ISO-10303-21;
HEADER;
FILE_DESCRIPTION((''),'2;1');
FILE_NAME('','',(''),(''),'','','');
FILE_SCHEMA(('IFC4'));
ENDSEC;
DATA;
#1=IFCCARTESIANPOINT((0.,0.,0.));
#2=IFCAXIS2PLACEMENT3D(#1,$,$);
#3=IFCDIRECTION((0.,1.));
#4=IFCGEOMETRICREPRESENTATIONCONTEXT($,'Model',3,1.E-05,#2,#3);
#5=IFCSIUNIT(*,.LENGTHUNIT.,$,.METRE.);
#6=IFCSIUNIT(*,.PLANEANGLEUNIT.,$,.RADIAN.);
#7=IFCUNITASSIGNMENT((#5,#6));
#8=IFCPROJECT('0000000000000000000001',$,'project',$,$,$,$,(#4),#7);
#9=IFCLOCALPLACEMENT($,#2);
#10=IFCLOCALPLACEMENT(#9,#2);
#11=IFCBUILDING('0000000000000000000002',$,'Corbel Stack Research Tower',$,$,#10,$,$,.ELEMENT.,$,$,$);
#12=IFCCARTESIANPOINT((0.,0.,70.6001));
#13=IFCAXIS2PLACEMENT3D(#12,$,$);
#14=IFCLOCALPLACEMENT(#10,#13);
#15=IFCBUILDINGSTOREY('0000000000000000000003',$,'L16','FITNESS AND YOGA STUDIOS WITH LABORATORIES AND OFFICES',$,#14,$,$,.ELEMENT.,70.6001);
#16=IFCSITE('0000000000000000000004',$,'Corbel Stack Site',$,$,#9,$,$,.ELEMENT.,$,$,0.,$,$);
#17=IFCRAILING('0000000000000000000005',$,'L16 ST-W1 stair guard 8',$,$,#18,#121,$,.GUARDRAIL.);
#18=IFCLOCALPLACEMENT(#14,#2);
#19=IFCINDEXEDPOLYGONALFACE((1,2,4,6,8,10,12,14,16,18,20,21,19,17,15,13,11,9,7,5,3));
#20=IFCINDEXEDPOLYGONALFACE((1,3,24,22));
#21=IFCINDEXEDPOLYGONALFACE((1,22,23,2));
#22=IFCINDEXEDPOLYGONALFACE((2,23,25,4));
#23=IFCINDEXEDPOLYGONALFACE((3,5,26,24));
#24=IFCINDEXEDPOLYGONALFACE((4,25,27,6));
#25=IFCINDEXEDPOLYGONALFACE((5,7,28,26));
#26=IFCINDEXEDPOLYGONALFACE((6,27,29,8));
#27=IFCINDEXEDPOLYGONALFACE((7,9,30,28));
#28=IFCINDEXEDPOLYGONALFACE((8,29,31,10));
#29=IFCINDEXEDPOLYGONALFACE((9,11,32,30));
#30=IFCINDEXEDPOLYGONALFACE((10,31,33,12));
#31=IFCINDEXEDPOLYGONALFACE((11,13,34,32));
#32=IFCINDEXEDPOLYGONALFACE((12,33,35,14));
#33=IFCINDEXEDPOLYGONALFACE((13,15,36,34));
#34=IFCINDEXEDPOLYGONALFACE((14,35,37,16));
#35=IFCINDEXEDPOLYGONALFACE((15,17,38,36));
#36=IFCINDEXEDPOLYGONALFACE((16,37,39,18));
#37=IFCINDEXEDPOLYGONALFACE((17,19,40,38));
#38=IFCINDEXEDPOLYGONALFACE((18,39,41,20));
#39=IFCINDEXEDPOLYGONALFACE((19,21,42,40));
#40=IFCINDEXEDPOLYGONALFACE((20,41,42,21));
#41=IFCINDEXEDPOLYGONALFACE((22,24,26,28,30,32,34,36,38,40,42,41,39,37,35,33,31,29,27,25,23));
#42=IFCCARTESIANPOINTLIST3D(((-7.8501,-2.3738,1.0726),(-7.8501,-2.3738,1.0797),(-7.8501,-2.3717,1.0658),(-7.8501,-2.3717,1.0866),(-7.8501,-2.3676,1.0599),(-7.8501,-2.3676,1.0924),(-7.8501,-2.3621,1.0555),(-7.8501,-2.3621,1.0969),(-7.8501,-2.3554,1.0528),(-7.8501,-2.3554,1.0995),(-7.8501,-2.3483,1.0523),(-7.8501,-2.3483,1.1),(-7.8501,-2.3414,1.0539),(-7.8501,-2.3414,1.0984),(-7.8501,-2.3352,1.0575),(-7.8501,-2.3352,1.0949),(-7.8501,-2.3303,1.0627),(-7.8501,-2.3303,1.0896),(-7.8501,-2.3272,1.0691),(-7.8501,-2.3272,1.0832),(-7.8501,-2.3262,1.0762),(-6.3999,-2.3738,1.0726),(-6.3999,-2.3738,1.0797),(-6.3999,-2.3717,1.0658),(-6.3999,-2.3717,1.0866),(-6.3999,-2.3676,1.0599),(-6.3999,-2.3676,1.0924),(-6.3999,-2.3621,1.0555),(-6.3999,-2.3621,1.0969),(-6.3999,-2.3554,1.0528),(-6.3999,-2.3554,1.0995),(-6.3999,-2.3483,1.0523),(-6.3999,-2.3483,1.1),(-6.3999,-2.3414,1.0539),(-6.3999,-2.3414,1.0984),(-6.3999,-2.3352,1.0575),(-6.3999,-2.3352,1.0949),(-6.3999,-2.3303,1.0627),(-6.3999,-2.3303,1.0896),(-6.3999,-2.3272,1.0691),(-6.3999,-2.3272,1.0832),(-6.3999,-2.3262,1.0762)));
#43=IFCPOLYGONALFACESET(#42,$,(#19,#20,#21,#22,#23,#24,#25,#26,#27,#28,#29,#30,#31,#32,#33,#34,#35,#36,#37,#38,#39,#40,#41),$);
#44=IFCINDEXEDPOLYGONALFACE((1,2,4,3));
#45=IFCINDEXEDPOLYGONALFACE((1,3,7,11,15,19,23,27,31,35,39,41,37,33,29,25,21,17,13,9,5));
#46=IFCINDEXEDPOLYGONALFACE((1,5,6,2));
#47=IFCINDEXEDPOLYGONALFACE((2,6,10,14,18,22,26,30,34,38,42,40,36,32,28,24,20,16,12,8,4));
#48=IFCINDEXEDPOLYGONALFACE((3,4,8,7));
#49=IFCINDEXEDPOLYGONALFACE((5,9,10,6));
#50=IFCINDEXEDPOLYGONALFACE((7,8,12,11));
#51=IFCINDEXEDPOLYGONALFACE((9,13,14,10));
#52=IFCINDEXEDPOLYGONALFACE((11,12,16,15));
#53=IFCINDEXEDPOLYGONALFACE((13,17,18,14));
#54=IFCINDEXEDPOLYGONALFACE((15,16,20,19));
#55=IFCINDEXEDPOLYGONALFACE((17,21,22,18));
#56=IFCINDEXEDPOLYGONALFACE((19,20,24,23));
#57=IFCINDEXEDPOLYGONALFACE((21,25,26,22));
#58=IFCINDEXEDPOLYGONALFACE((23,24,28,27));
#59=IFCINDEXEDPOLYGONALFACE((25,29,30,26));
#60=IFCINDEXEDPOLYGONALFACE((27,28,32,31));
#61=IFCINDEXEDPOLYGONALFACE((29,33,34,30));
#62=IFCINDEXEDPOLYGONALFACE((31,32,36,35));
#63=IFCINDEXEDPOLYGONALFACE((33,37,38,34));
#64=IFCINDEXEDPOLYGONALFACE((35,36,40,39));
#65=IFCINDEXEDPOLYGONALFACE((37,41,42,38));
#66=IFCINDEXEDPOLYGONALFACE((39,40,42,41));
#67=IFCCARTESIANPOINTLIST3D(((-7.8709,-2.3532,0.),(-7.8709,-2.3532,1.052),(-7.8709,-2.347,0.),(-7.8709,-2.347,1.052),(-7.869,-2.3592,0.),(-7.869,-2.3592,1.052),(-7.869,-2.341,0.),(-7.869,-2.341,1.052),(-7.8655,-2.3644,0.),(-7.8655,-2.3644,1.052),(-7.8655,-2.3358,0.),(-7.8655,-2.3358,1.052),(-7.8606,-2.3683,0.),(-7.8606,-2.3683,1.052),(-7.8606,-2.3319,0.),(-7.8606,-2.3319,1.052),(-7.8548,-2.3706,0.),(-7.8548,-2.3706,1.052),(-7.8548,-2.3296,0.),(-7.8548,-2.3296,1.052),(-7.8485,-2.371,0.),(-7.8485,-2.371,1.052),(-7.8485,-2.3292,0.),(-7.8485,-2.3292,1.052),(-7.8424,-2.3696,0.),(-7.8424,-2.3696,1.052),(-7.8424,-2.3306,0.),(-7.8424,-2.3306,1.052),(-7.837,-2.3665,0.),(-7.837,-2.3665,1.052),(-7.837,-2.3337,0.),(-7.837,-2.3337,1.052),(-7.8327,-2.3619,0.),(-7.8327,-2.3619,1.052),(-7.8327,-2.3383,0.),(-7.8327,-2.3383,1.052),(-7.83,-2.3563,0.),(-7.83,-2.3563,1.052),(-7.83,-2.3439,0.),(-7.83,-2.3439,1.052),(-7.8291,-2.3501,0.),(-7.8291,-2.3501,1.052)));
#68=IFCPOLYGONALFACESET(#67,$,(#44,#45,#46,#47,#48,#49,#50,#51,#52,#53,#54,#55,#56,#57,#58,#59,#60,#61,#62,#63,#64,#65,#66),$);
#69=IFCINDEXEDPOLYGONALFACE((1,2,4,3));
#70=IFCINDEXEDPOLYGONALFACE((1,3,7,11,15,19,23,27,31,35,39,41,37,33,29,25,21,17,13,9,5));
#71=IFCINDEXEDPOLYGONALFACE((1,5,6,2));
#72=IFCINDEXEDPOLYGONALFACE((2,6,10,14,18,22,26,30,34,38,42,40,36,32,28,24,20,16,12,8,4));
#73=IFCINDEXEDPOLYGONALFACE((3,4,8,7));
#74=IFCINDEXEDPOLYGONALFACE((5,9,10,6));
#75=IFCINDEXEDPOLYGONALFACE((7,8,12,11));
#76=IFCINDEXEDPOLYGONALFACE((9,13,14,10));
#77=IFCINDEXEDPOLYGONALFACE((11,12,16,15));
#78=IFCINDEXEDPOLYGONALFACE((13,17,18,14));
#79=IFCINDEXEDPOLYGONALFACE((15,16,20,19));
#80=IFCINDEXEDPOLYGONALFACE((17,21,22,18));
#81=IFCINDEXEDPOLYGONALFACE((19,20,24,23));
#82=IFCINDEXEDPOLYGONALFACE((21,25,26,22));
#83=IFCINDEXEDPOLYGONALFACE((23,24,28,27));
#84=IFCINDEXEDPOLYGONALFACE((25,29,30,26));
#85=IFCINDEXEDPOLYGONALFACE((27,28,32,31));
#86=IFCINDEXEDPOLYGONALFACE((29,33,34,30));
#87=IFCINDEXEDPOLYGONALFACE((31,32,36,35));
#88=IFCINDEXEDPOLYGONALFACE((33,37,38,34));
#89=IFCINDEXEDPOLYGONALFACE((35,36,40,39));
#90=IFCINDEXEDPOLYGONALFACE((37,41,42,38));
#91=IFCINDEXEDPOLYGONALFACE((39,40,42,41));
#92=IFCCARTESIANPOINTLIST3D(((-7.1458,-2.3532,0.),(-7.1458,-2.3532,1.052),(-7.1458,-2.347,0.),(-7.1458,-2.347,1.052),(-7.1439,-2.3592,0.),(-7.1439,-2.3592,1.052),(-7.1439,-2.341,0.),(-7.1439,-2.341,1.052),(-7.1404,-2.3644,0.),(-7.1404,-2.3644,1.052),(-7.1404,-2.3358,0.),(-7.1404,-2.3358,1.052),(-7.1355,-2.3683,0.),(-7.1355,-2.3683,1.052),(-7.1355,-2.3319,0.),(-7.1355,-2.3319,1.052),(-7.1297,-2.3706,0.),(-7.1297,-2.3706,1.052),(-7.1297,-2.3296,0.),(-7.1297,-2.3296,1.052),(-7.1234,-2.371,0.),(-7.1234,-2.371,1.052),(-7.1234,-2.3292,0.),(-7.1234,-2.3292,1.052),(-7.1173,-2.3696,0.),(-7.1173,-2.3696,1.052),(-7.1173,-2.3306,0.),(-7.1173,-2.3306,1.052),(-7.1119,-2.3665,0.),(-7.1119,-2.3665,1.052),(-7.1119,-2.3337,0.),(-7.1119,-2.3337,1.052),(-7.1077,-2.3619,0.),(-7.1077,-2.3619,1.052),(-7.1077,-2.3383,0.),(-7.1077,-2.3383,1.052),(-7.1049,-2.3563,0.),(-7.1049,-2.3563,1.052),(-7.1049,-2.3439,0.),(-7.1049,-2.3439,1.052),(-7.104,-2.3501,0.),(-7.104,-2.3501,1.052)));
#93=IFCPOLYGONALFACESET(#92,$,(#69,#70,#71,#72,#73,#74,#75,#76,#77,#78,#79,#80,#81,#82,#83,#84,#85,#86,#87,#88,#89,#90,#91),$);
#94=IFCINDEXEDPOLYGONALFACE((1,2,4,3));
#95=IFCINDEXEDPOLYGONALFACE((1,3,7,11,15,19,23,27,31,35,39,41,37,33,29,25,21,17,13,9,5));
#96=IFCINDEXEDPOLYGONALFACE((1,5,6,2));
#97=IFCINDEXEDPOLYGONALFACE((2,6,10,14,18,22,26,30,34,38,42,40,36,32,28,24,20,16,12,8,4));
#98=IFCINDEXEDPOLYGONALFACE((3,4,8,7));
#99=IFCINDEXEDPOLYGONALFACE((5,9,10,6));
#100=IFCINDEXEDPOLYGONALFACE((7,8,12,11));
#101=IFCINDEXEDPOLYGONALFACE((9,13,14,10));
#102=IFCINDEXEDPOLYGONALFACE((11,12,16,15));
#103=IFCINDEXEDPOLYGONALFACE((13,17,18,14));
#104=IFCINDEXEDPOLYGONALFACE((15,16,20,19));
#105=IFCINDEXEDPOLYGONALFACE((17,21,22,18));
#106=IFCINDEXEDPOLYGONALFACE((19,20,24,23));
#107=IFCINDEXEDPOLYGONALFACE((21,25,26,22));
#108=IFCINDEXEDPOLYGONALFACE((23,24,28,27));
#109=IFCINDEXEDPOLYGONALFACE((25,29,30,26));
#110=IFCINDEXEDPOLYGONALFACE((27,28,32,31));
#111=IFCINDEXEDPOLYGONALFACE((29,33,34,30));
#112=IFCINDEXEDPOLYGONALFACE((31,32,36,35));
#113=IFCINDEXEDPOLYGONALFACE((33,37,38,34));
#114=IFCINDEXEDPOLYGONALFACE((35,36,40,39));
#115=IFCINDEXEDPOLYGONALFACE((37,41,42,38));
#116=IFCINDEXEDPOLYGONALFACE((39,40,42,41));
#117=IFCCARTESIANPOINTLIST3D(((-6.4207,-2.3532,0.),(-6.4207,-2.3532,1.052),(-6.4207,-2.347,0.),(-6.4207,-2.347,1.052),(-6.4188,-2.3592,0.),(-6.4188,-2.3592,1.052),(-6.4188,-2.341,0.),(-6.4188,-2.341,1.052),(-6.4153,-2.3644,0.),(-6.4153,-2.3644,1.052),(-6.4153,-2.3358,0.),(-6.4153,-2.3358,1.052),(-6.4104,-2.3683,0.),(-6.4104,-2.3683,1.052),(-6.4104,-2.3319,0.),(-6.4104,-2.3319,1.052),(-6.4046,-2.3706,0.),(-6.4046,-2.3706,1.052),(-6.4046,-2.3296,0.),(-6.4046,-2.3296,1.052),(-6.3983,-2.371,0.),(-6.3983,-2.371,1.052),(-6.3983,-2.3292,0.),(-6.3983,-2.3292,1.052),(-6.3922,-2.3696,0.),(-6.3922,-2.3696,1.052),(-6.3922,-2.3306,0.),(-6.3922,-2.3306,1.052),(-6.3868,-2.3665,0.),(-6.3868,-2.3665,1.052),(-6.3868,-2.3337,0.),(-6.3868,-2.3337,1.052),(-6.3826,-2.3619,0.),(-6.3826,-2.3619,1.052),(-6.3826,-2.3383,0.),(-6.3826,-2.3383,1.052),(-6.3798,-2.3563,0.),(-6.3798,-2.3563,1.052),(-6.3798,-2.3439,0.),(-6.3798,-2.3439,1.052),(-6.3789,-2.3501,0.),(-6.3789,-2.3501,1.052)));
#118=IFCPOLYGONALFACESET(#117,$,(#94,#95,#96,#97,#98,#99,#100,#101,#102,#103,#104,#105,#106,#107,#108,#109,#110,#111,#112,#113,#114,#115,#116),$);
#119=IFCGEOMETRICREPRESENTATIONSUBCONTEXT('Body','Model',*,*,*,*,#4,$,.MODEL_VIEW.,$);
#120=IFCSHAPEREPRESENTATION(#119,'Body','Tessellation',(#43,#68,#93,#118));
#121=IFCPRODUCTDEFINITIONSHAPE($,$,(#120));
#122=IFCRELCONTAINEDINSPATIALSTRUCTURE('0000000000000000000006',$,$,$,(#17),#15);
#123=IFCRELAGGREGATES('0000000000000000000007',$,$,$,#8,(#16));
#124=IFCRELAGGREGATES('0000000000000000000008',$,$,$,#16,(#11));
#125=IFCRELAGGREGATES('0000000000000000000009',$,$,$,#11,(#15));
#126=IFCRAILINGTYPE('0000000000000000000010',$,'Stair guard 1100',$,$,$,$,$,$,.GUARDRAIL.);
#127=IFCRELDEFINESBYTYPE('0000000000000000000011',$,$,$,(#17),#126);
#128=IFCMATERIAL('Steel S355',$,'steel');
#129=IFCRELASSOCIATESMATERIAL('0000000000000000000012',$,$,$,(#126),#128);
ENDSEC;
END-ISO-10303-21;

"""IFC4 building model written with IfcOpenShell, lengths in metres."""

from ifc_helpers import new_model, si_unit, direction, frame, origin, origin_2d, place, context, subcontext, project, spatial, circle, extrude, material, type_object, element, save


model = new_model("IFC4")

# Units and contexts
model_context = context("Model", 3, precision=1e-05, world=origin(), true_north=direction((0.0, 1.0)))
body_context = subcontext(model_context, "Body", "Model", "MODEL_VIEW")
ifc_project = project(units=[si_unit("LENGTHUNIT", "METRE"), si_unit("PLANEANGLEUNIT", "RADIAN")], contexts=[model_context])

# Site, building, storey
site_placement = place(None, origin())
site = spatial("IfcSite", under=ifc_project, at=site_placement, Name="Corbel Stack Site", CompositionType="ELEMENT", RefElevation=0.0)
building_placement = place(site_placement, origin())
building = spatial("IfcBuilding", under=site, at=building_placement, Name="Corbel Stack Research Tower", CompositionType="ELEMENT")
storey_placement = place(building_placement, frame((0.0, 0.0, 70.6001)))
storey = spatial("IfcBuildingStorey", under=building, at=storey_placement, Name="L16", Description="FITNESS AND YOGA STUDIOS WITH LABORATORIES AND OFFICES", CompositionType="ELEMENT", Elevation=70.6001)

# Railing
ifc_material_1 = material(Name="Steel S355", Category="steel")
railing_type_1 = type_object("IfcRailingType", Name="Stair guard 1100", PredefinedType="GUARDRAIL", material=ifc_material_1)
railing_1_placement = place(storey_placement, frame((-7.8501, -2.3501, 0.0)))
element("IfcRailing", 1, at=railing_1_placement, inside=storey, type_object=railing_type_1, Name="L16 ST-W1 stair guard 8", PredefinedType="GUARDRAIL", context=body_context, shape_type="SweptSolid", body=[
    extrude(circle(Radius=0.0239, at=origin_2d()), frame((0.0, 0.0, 1.0762), z_axis=(1.0, 0.0, 0.0), x_axis=(0.0, 1.0, 0.0)), (0.0, 0.0, 1.0), 1.4502),
    extrude(circle(Radius=0.021, at=origin_2d()), origin(), (0.0, 0.0, 1.0), 1.052),
    extrude(circle(Radius=0.021, at=origin_2d()), frame((0.7251, 0.0, 0.0)), (0.0, 0.0, 1.0), 1.052),
    extrude(circle(Radius=0.021, at=origin_2d()), frame((1.4502, 0.0, 0.0)), (0.0, 0.0, 1.0), 1.052),
])

save(model, "model.ifc")
